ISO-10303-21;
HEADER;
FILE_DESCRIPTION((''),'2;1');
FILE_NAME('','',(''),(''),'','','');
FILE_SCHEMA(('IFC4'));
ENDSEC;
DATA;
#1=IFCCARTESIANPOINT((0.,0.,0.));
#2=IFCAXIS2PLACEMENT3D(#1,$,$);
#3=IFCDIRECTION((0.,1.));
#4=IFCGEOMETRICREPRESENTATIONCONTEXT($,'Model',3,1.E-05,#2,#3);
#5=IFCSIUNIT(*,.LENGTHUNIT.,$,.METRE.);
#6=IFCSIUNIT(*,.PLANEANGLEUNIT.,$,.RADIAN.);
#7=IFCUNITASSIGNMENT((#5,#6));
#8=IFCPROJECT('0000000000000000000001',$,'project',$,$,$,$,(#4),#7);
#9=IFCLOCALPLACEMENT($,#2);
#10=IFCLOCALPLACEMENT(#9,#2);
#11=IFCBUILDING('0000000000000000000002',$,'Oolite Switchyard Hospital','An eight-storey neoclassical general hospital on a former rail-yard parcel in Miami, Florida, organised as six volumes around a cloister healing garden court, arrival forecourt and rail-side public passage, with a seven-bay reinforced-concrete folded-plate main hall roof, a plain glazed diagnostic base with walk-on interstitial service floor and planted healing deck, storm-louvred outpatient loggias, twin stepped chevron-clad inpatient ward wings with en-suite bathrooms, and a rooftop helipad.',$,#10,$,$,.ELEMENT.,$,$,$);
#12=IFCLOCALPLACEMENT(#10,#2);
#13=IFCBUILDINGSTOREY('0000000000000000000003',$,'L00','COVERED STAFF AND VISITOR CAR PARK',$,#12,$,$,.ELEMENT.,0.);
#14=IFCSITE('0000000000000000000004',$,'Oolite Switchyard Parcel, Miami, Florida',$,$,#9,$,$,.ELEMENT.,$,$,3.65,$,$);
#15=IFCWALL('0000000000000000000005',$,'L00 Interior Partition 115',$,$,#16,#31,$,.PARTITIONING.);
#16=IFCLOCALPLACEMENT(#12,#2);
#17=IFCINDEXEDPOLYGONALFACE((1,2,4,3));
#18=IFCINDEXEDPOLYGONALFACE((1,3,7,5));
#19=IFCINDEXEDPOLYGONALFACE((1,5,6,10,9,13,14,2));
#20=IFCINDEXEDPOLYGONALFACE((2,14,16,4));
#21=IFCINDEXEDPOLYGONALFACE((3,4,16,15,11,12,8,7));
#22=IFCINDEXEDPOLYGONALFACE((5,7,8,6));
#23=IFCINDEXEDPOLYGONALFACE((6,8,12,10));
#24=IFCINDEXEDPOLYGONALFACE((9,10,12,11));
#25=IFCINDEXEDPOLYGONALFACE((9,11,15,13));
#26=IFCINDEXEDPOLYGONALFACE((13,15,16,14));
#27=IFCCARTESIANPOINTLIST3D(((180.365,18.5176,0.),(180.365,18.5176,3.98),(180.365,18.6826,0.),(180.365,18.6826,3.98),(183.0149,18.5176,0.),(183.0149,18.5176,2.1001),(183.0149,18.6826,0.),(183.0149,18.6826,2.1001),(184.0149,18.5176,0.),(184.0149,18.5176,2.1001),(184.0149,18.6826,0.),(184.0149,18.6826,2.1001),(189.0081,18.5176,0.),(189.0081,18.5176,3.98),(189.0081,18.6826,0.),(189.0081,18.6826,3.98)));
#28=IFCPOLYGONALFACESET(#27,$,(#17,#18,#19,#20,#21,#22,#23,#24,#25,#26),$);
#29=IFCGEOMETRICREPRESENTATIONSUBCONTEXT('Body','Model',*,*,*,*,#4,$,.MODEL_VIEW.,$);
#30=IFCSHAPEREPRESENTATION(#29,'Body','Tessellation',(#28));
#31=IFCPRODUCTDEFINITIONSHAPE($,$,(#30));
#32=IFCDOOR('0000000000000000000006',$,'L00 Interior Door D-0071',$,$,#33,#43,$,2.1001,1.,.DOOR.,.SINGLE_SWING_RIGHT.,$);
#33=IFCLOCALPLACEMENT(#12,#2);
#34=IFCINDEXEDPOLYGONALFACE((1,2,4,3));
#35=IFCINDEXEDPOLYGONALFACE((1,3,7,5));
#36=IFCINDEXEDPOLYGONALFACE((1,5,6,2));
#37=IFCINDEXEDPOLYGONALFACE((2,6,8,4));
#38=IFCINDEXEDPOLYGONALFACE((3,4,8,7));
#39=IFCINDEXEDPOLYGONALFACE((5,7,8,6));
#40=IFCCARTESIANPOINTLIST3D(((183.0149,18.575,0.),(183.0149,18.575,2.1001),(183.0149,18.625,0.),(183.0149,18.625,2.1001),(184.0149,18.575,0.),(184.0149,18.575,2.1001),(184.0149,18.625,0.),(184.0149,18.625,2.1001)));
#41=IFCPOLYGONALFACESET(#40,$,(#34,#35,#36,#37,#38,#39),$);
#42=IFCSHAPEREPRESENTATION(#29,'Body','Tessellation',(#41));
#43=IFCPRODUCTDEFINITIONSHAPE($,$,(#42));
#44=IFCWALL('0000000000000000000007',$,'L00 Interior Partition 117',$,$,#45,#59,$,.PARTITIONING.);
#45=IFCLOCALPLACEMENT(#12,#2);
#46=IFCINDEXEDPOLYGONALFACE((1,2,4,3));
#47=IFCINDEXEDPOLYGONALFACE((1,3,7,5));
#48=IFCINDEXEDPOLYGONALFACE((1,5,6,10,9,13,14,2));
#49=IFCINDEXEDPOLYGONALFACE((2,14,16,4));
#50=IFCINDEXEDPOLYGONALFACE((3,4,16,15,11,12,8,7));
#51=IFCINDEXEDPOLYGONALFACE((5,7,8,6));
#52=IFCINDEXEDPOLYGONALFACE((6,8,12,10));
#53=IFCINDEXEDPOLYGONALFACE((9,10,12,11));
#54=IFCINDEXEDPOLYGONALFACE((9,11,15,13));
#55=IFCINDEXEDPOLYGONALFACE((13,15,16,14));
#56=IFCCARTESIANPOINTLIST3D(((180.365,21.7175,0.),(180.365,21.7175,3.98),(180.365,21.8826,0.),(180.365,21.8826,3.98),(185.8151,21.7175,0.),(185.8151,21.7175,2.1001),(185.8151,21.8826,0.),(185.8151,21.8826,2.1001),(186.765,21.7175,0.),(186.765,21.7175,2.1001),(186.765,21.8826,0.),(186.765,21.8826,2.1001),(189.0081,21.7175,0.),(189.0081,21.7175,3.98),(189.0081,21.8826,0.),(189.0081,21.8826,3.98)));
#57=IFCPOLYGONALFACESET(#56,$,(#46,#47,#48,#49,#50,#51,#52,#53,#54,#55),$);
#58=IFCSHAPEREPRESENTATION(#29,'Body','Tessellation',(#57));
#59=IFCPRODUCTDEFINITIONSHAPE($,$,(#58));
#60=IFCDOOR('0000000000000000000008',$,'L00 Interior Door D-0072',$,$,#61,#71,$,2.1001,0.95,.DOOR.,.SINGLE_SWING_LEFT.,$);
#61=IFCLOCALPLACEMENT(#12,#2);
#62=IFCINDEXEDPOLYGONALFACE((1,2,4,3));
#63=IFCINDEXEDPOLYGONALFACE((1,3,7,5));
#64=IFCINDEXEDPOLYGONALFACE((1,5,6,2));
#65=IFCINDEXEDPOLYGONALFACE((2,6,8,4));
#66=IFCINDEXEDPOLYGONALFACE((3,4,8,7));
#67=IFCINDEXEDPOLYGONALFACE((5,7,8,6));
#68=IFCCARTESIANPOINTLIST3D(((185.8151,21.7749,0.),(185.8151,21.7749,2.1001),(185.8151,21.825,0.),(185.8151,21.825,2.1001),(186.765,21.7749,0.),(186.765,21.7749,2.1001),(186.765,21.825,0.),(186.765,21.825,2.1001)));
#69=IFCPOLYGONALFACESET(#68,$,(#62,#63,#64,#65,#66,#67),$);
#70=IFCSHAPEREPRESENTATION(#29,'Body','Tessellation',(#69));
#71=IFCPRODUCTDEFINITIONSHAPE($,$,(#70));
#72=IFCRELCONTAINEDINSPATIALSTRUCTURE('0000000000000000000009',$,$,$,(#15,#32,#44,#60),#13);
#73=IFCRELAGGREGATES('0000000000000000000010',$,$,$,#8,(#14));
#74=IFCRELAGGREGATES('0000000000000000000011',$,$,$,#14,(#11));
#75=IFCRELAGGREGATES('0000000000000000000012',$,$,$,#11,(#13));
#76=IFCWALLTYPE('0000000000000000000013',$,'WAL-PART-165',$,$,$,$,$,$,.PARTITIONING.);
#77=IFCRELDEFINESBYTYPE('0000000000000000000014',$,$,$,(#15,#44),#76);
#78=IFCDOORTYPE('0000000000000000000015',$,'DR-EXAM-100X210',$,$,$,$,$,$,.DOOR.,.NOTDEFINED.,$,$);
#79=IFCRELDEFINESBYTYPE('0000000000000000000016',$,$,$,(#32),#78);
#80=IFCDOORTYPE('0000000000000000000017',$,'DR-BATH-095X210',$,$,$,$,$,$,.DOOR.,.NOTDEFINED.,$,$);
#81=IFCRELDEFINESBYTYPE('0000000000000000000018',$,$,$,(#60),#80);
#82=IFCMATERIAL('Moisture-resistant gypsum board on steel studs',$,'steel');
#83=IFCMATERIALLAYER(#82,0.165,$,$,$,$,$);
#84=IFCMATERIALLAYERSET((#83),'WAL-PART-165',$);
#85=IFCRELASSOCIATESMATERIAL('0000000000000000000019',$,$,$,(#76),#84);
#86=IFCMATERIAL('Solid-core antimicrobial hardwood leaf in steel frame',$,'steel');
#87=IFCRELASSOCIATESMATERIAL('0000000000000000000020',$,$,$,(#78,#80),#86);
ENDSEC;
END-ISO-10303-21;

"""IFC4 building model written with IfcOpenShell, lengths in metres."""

from ifc_helpers import new_model, si_unit, direction, frame, frame_2d, origin, place, context, subcontext, project, spatial, rectangle, extrude, material, layer, layer_set, type_object, element, fill, save


model = new_model("IFC4")

# Units and contexts
model_context = context("Model", 3, precision=1e-05, world=origin(), true_north=direction((0.0, 1.0)))
body_context = subcontext(model_context, "Body", "Model", "MODEL_VIEW")
ifc_project = project(units=[si_unit("LENGTHUNIT", "METRE"), si_unit("PLANEANGLEUNIT", "RADIAN")], contexts=[model_context])

# Site, building, storey
site_placement = place(None, origin())
site = spatial("IfcSite", under=ifc_project, at=site_placement, Name="Oolite Switchyard Parcel, Miami, Florida", CompositionType="ELEMENT", RefElevation=3.65)
building_placement = place(site_placement, origin())
building = spatial("IfcBuilding", under=site, at=building_placement, Name="Oolite Switchyard Hospital", Description="An eight-storey neoclassical general hospital on a former rail-yard parcel in Miami, Florida, organised as six volumes around a cloister healing garden court, arrival forecourt and rail-side public passage, with a seven-bay reinforced-concrete folded-plate main hall roof, a plain glazed diagnostic base with walk-on interstitial service floor and planted healing deck, storm-louvred outpatient loggias, twin stepped chevron-clad inpatient ward wings with en-suite bathrooms, and a rooftop helipad.", CompositionType="ELEMENT")
storey_placement = place(building_placement, origin())
storey = spatial("IfcBuildingStorey", under=building, at=storey_placement, Name="L00", Description="COVERED STAFF AND VISITOR CAR PARK", CompositionType="ELEMENT", Elevation=0.0)

# Shared definitions
ifc_material_1 = material(Name="Moisture-resistant gypsum board on steel studs", Category="steel")

# Walls, openings, doors
ifc_layer_1 = layer(ifc_material_1, 0.165)
ifc_layer_set_1 = layer_set([ifc_layer_1], Name="WAL-PART-165")
wall_type_1 = type_object("IfcWallType", Name="WAL-PART-165", PredefinedType="PARTITIONING", material=ifc_layer_set_1)
ifc_material_2 = material(Name="Solid-core antimicrobial hardwood leaf in steel frame", Category="steel")
wall_1_placement = place(storey_placement, frame((180.365, 18.6001, 0.0), z_axis=(0.0, 0.0, 1.0), x_axis=(1.0, 0.0, 0.0)))
wall_1 = element("IfcWall", 1, at=wall_1_placement, inside=storey, type_object=wall_type_1, Name="L00 Interior Partition 115", PredefinedType="PARTITIONING", context=body_context, shape_type="SweptSolid", body=[
    extrude(rectangle(XDim=8.6431, YDim=0.165, at=frame_2d((4.3215, 0.0))), origin(), (0.0, 0.0, 1.0), 3.98),
])
opening_1_placement = place(wall_1_placement, frame((2.6499, 0.0, 0.0)))
opening_1 = element("IfcOpeningElement", 2, at=opening_1_placement, cuts=wall_1, PredefinedType="OPENING", context=body_context, shape_type="SweptSolid", body=[
    extrude(rectangle(XDim=1.0, YDim=2.1001, at=frame_2d((0.5, 1.05))), frame((0.0, 0.0925, 0.0), z_axis=(0.0, -1.0, 0.0), x_axis=(1.0, 0.0, 0.0)), (0.0, 0.0, 1.0), 0.1851),
])
door_type_1 = type_object("IfcDoorType", Name="DR-EXAM-100X210", OperationType="NOTDEFINED", PredefinedType="DOOR", material=ifc_material_2)
door_1_placement = place(opening_1_placement, origin())
door_1 = element("IfcDoor", 3, at=door_1_placement, inside=storey, type_object=door_type_1, Name="L00 Interior Door D-0071", OperationType="SINGLE_SWING_RIGHT", OverallHeight=2.1001, OverallWidth=1.0, PredefinedType="DOOR", context=body_context, shape_type="SweptSolid", body=[
    extrude(rectangle(XDim=1.0, YDim=2.1001, at=frame_2d((0.5, 1.05))), frame((0.0, 0.0249, 0.0), z_axis=(0.0, -1.0, 0.0), x_axis=(1.0, 0.0, 0.0)), (0.0, 0.0, 1.0), 0.05),
])
fill(opening_1, door_1)
wall_2_placement = place(storey_placement, frame((180.365, 21.8, 0.0), z_axis=(0.0, 0.0, 1.0), x_axis=(1.0, 0.0, 0.0)))
wall_2 = element("IfcWall", 4, at=wall_2_placement, inside=storey, type_object=wall_type_1, Name="L00 Interior Partition 117", PredefinedType="PARTITIONING", context=body_context, shape_type="SweptSolid", body=[
    extrude(rectangle(XDim=8.6431, YDim=0.165, at=frame_2d((4.3215, 0.0))), origin(), (0.0, 0.0, 1.0), 3.98),
])
opening_2_placement = place(wall_2_placement, frame((5.45, 0.0, 0.0)))
opening_2 = element("IfcOpeningElement", 5, at=opening_2_placement, cuts=wall_2, PredefinedType="OPENING", context=body_context, shape_type="SweptSolid", body=[
    extrude(rectangle(XDim=0.95, YDim=2.1001, at=frame_2d((0.4751, 1.05))), frame((0.0, 0.0925, 0.0), z_axis=(0.0, -1.0, 0.0), x_axis=(1.0, 0.0, 0.0)), (0.0, 0.0, 1.0), 0.1851),
])
door_type_2 = type_object("IfcDoorType", Name="DR-BATH-095X210", OperationType="NOTDEFINED", PredefinedType="DOOR", material=ifc_material_2)
door_2_placement = place(opening_2_placement, origin())
door_2 = element("IfcDoor", 6, at=door_2_placement, inside=storey, type_object=door_type_2, Name="L00 Interior Door D-0072", OperationType="SINGLE_SWING_LEFT", OverallHeight=2.1001, OverallWidth=0.95, PredefinedType="DOOR", context=body_context, shape_type="SweptSolid", body=[
    extrude(rectangle(XDim=0.95, YDim=2.1001, at=frame_2d((0.4751, 1.05))), frame((0.0, 0.0249, 0.0), z_axis=(0.0, -1.0, 0.0), x_axis=(1.0, 0.0, 0.0)), (0.0, 0.0, 1.0), 0.05),
])
fill(opening_2, door_2)

save(model, "model.ifc")
